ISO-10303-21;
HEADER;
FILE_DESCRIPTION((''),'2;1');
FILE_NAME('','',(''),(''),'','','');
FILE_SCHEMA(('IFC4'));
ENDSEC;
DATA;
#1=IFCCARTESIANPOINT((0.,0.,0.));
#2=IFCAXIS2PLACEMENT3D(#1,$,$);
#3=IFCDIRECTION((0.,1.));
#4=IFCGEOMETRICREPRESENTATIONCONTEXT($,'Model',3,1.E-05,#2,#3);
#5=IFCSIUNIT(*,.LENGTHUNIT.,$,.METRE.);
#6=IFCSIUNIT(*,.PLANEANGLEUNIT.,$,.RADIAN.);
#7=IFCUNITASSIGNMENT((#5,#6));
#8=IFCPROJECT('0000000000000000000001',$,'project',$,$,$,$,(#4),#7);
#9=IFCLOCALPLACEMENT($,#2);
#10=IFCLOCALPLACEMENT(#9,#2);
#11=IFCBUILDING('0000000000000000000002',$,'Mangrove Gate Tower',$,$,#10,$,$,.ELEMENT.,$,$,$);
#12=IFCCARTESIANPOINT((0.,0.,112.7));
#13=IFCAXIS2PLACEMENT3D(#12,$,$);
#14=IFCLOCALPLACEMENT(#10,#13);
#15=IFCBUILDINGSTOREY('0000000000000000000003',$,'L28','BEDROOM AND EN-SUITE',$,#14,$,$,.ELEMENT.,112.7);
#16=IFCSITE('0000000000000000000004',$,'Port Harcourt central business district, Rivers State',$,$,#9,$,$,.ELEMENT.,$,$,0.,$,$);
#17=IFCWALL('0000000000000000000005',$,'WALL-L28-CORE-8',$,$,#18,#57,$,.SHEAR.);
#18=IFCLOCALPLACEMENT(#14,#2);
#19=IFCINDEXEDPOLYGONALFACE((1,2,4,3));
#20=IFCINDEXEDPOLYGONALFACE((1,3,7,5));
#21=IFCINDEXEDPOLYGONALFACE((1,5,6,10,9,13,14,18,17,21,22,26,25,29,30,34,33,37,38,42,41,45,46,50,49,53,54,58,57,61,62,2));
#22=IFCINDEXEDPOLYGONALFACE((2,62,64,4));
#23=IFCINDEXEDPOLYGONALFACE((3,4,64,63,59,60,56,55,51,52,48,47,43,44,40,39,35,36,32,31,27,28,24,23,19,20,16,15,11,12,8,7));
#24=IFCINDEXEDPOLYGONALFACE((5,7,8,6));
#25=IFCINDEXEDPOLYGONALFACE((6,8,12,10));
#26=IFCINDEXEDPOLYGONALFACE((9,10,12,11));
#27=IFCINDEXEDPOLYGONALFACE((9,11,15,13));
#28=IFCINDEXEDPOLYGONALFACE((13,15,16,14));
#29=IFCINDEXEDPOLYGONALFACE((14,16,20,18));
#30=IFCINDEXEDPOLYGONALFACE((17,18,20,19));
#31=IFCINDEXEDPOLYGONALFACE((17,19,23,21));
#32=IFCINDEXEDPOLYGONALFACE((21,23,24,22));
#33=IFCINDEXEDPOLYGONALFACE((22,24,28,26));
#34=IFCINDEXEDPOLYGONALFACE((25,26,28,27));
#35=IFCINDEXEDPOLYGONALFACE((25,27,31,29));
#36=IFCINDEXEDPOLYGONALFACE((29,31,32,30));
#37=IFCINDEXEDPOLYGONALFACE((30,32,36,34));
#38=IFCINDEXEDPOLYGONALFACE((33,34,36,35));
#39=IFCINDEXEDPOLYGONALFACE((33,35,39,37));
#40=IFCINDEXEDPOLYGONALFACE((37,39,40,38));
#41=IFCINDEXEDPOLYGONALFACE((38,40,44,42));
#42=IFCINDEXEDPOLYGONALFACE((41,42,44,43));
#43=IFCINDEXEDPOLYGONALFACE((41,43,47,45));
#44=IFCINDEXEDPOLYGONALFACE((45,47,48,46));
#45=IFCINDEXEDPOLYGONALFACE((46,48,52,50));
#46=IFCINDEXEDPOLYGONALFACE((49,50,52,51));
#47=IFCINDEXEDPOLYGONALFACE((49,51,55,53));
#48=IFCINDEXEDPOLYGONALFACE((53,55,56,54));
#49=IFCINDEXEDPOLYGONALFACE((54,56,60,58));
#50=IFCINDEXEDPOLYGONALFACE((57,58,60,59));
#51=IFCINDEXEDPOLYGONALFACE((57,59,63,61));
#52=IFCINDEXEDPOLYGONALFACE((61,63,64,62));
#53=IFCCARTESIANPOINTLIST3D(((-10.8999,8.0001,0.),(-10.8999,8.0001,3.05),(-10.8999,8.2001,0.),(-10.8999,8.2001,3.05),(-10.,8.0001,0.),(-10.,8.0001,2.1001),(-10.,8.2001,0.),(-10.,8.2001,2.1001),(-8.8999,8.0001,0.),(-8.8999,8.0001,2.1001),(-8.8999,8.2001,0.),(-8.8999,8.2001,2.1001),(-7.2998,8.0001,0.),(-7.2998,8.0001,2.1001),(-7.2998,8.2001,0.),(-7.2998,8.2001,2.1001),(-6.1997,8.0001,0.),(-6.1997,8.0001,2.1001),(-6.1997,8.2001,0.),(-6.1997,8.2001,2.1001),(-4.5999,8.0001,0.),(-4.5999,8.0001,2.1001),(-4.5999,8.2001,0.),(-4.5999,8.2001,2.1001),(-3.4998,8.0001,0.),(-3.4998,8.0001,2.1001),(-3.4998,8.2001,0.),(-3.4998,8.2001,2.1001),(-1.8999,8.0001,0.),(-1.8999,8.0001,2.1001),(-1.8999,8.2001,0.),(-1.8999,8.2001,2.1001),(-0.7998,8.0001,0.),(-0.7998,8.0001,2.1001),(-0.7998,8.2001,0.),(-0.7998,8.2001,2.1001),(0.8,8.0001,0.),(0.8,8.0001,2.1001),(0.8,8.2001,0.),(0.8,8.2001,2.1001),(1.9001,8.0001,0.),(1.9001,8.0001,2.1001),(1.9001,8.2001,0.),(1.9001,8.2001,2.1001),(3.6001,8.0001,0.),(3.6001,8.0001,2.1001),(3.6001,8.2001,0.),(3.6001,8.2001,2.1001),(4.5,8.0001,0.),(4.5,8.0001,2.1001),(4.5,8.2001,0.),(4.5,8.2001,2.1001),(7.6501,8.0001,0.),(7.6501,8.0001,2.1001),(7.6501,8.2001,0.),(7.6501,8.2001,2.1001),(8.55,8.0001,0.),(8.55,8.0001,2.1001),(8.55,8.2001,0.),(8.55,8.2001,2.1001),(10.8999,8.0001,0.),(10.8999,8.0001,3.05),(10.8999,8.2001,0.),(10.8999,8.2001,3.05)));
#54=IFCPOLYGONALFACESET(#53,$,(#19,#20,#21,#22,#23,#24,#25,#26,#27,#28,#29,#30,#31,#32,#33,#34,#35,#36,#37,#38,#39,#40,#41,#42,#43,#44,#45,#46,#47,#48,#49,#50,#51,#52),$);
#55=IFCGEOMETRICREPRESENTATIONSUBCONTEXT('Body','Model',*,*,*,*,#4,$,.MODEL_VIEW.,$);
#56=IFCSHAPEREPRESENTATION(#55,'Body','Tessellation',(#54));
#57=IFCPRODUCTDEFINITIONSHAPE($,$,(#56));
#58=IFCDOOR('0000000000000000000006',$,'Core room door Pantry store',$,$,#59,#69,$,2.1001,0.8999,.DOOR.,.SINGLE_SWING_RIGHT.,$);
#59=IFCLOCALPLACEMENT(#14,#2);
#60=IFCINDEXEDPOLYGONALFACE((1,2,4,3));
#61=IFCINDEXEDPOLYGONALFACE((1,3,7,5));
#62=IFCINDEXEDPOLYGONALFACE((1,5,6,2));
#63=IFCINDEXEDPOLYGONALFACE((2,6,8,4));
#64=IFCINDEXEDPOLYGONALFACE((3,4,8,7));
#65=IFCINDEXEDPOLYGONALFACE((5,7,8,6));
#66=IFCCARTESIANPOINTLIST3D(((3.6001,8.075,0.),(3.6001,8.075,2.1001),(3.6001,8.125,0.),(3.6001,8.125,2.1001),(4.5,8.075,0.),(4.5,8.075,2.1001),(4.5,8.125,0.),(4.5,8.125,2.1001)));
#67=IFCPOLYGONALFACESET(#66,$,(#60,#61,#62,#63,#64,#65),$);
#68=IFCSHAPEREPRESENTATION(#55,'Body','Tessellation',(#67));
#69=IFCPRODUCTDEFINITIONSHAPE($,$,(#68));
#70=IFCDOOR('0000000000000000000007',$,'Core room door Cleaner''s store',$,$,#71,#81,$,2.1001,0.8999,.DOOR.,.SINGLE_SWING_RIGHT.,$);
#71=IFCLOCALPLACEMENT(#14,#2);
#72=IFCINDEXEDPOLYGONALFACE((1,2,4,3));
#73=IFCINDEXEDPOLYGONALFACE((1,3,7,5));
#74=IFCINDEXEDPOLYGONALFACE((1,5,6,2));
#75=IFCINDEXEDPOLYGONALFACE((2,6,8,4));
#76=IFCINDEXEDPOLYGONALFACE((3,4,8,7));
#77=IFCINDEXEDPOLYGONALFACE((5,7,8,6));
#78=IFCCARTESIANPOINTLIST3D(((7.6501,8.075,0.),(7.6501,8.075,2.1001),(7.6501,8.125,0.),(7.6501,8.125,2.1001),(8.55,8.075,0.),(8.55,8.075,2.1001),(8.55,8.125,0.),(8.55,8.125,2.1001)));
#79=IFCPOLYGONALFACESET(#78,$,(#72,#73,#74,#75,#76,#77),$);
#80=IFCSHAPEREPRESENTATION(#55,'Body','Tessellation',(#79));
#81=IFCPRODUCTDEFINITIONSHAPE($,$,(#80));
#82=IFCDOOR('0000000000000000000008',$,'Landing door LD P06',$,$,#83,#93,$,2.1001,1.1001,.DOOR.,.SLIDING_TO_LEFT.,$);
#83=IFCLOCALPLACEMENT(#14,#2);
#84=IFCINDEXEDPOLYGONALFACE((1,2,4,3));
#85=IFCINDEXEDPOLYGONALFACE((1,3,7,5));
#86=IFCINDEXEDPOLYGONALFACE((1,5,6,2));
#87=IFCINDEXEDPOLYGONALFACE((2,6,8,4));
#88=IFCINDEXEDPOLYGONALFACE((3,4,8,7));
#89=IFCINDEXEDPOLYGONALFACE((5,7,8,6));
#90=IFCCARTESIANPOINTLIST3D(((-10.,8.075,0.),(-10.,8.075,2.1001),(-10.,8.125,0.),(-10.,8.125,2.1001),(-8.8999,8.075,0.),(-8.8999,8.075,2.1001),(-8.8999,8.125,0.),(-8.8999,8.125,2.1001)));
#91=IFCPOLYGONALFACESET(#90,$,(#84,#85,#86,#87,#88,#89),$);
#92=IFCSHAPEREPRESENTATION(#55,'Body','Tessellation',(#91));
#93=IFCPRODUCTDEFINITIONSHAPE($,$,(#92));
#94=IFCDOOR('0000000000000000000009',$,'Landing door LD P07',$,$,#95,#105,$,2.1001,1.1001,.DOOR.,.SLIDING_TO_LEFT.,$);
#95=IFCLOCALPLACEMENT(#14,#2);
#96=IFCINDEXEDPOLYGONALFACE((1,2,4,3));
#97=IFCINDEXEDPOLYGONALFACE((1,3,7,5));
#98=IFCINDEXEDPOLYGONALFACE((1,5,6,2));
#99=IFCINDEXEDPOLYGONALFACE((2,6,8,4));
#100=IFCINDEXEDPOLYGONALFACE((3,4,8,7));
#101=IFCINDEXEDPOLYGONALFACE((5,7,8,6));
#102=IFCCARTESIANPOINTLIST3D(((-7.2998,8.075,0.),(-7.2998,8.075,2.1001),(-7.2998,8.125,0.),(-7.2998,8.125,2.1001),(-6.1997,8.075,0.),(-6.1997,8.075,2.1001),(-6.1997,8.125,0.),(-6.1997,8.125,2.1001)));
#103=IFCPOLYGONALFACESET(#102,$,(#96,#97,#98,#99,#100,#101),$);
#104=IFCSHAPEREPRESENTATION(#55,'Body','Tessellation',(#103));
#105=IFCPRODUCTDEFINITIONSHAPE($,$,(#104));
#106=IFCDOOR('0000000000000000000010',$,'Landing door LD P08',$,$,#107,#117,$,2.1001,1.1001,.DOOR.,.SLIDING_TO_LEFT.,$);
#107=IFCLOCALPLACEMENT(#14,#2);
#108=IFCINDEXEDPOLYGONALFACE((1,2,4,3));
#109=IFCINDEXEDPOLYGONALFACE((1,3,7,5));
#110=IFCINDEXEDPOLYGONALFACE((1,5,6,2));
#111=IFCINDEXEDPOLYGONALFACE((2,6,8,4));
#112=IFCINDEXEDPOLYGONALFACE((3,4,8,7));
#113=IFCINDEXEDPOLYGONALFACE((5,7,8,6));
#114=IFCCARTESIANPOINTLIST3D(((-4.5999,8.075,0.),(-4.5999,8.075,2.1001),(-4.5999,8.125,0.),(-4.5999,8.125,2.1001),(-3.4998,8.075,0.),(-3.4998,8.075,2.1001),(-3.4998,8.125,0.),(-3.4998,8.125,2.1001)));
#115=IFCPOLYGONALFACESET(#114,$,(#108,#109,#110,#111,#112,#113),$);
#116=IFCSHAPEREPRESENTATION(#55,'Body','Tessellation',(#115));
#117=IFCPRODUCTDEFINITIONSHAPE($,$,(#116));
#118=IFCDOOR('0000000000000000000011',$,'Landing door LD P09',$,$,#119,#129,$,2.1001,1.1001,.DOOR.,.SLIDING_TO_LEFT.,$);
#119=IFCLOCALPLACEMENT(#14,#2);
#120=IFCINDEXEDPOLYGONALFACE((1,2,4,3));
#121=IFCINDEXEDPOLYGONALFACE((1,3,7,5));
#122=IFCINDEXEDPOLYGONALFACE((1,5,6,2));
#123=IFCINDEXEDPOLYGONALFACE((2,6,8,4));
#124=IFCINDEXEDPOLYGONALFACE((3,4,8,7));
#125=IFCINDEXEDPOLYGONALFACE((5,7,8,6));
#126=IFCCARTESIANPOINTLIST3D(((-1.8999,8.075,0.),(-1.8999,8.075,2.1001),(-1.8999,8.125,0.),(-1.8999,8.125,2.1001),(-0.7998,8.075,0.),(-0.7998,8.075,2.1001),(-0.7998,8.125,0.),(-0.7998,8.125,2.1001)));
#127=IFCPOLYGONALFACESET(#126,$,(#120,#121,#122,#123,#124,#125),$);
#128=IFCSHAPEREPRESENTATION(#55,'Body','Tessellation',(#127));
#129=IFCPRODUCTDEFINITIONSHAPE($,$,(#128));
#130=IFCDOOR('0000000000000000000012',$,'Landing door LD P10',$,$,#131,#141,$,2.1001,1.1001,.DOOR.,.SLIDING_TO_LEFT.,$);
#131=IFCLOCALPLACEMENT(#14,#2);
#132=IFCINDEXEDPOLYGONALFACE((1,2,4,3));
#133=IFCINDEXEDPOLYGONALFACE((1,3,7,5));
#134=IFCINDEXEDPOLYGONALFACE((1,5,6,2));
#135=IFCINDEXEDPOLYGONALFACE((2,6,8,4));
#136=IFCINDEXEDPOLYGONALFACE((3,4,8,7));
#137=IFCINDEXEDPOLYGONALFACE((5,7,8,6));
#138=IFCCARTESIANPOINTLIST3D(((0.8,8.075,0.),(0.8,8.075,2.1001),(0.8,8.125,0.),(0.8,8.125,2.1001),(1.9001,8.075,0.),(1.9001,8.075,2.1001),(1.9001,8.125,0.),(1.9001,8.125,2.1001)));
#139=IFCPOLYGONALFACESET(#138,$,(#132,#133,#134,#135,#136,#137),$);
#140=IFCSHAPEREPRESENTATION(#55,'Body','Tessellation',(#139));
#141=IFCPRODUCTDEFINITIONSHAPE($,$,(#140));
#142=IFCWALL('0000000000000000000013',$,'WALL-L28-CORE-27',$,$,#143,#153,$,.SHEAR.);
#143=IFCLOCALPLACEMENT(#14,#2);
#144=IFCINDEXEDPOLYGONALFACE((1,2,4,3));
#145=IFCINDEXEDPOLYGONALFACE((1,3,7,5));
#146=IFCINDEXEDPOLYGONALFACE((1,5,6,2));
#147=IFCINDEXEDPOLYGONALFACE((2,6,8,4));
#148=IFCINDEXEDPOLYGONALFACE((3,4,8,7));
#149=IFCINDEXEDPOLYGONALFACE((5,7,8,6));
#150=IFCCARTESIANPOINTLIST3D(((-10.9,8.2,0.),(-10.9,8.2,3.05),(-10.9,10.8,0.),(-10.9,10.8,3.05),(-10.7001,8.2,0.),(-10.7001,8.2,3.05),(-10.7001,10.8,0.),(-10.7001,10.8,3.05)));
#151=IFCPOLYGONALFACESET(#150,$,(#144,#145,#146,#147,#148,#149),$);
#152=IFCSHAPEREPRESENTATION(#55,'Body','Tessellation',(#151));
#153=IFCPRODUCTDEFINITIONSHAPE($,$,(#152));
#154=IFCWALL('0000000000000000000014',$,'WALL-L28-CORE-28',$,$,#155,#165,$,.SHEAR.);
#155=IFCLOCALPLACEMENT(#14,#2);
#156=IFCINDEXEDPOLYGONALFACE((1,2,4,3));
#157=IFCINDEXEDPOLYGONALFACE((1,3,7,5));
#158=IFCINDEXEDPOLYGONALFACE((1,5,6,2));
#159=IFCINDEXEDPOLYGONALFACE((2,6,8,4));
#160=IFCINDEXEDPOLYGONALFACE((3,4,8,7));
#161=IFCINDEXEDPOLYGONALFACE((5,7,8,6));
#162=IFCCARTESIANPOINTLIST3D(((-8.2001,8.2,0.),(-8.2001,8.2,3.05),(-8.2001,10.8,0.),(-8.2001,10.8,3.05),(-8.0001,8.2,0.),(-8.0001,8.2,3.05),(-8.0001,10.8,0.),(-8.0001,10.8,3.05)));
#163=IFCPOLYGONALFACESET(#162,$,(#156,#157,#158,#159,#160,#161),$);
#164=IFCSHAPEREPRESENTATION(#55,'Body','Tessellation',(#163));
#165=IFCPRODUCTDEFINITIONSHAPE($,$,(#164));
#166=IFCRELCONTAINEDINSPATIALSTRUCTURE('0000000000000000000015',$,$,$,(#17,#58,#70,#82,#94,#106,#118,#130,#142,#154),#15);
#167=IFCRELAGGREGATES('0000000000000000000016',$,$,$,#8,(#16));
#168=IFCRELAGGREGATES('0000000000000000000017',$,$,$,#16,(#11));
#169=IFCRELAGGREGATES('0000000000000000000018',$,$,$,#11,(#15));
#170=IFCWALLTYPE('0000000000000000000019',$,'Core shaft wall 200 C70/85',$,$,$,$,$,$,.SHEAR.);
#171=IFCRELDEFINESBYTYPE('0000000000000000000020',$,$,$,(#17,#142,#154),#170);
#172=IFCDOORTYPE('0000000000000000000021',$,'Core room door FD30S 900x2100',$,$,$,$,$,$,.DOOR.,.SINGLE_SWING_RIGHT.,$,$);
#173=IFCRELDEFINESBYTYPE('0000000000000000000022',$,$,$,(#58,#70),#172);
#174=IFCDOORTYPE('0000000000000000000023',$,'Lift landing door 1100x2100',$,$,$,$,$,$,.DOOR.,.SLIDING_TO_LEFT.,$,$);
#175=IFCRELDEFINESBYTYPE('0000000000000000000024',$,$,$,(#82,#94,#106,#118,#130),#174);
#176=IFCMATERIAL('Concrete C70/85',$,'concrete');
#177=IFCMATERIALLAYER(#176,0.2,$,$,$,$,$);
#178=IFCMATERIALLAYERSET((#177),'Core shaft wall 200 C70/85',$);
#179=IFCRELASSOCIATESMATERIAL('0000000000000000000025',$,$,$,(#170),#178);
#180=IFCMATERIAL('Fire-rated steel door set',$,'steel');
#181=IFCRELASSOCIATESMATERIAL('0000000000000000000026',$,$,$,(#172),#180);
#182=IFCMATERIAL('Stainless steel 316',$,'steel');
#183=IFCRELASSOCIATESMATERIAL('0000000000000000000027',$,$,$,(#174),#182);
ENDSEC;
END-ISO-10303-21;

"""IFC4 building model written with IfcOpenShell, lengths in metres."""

from ifc_helpers import new_model, si_unit, direction, frame, frame_2d, origin, place, context, subcontext, project, spatial, rectangle, extrude, material, layer, layer_set, type_object, element, fill, save


model = new_model("IFC4")

# Units and contexts
model_context = context("Model", 3, precision=1e-05, world=origin(), true_north=direction((0.0, 1.0)))
body_context = subcontext(model_context, "Body", "Model", "MODEL_VIEW")
ifc_project = project(units=[si_unit("LENGTHUNIT", "METRE"), si_unit("PLANEANGLEUNIT", "RADIAN")], contexts=[model_context])

# Site, building, storey
site_placement = place(None, origin())
site = spatial("IfcSite", under=ifc_project, at=site_placement, Name="Port Harcourt central business district, Rivers State", CompositionType="ELEMENT", RefElevation=0.0)
building_placement = place(site_placement, origin())
building = spatial("IfcBuilding", under=site, at=building_placement, Name="Mangrove Gate Tower", CompositionType="ELEMENT")
storey_placement = place(building_placement, frame((0.0, 0.0, 112.7)))
storey = spatial("IfcBuildingStorey", under=building, at=storey_placement, Name="L28", Description="BEDROOM AND EN-SUITE", CompositionType="ELEMENT", Elevation=112.7)

# Wall, openings, doors
ifc_material_1 = material(Name="Concrete C70/85", Category="concrete")
ifc_layer_1 = layer(ifc_material_1, 0.2)
ifc_layer_set_1 = layer_set([ifc_layer_1], Name="Core shaft wall 200 C70/85")
wall_type_1 = type_object("IfcWallType", Name="Core shaft wall 200 C70/85", PredefinedType="SHEAR", material=ifc_layer_set_1)
wall_1_placement = place(storey_placement, frame((-10.8999, 8.1001, 0.0), z_axis=(0.0, 0.0, 1.0), x_axis=(1.0, 0.0, 0.0)))
wall_1 = element("IfcWall", 1, at=wall_1_placement, inside=storey, type_object=wall_type_1, Name="WALL-L28-CORE-8", PredefinedType="SHEAR", context=body_context, shape_type="SweptSolid", body=[
    extrude(rectangle(XDim=21.7998, YDim=0.2, at=frame_2d((10.8999, 0.0))), origin(), (0.0, 0.0, 1.0), 3.05),
])
opening_1_placement = place(wall_1_placement, frame((0.8999, 0.0, 0.0)))
opening_1 = element("IfcOpeningElement", 2, at=opening_1_placement, cuts=wall_1, PredefinedType="OPENING", context=body_context, shape_type="SweptSolid", body=[
    extrude(rectangle(XDim=1.1001, YDim=2.1001, at=frame_2d((0.55, 1.05))), frame((0.0, 0.1099, 0.0), z_axis=(0.0, -1.0, 0.0), x_axis=(1.0, 0.0, 0.0)), (0.0, 0.0, 1.0), 0.22),
])
opening_2_placement = place(wall_1_placement, frame((3.6001, 0.0, 0.0)))
opening_2 = element("IfcOpeningElement", 3, at=opening_2_placement, cuts=wall_1, PredefinedType="OPENING", context=body_context, shape_type="SweptSolid", body=[
    extrude(rectangle(XDim=1.1001, YDim=2.1001, at=frame_2d((0.55, 1.05))), frame((0.0, 0.1099, 0.0), z_axis=(0.0, -1.0, 0.0), x_axis=(1.0, 0.0, 0.0)), (0.0, 0.0, 1.0), 0.22),
])
opening_3_placement = place(wall_1_placement, frame((6.3, 0.0, 0.0)))
opening_3 = element("IfcOpeningElement", 4, at=opening_3_placement, cuts=wall_1, PredefinedType="OPENING", context=body_context, shape_type="SweptSolid", body=[
    extrude(rectangle(XDim=1.1001, YDim=2.1001, at=frame_2d((0.55, 1.05))), frame((0.0, 0.1099, 0.0), z_axis=(0.0, -1.0, 0.0), x_axis=(1.0, 0.0, 0.0)), (0.0, 0.0, 1.0), 0.22),
])
opening_4_placement = place(wall_1_placement, frame((9.0, 0.0, 0.0)))
opening_4 = element("IfcOpeningElement", 5, at=opening_4_placement, cuts=wall_1, PredefinedType="OPENING", context=body_context, shape_type="SweptSolid", body=[
    extrude(rectangle(XDim=1.1001, YDim=2.1001, at=frame_2d((0.55, 1.05))), frame((0.0, 0.1099, 0.0), z_axis=(0.0, -1.0, 0.0), x_axis=(1.0, 0.0, 0.0)), (0.0, 0.0, 1.0), 0.22),
])
opening_5_placement = place(wall_1_placement, frame((11.7, 0.0, 0.0)))
opening_5 = element("IfcOpeningElement", 6, at=opening_5_placement, cuts=wall_1, PredefinedType="OPENING", context=body_context, shape_type="SweptSolid", body=[
    extrude(rectangle(XDim=1.1001, YDim=2.1001, at=frame_2d((0.55, 1.05))), frame((0.0, 0.1099, 0.0), z_axis=(0.0, -1.0, 0.0), x_axis=(1.0, 0.0, 0.0)), (0.0, 0.0, 1.0), 0.22),
])
opening_6_placement = place(wall_1_placement, frame((14.5, 0.0, 0.0)))
opening_6 = element("IfcOpeningElement", 7, at=opening_6_placement, cuts=wall_1, PredefinedType="OPENING", context=body_context, shape_type="SweptSolid", body=[
    extrude(rectangle(XDim=0.8999, YDim=2.1001, at=frame_2d((0.45, 1.05))), frame((0.0, 0.1099, 0.0), z_axis=(0.0, -1.0, 0.0), x_axis=(1.0, 0.0, 0.0)), (0.0, 0.0, 1.0), 0.22),
])
opening_7_placement = place(wall_1_placement, frame((18.55, 0.0, 0.0)))
opening_7 = element("IfcOpeningElement", 8, at=opening_7_placement, cuts=wall_1, PredefinedType="OPENING", context=body_context, shape_type="SweptSolid", body=[
    extrude(rectangle(XDim=0.8999, YDim=2.1001, at=frame_2d((0.45, 1.05))), frame((0.0, 0.1099, 0.0), z_axis=(0.0, -1.0, 0.0), x_axis=(1.0, 0.0, 0.0)), (0.0, 0.0, 1.0), 0.22),
])
ifc_material_2 = material(Name="Fire-rated steel door set", Category="steel")
door_type_1 = type_object("IfcDoorType", Name="Core room door FD30S 900x2100", OperationType="SINGLE_SWING_RIGHT", PredefinedType="DOOR", material=ifc_material_2)
door_1_placement = place(opening_6_placement, origin())
door_1 = element("IfcDoor", 9, at=door_1_placement, inside=storey, type_object=door_type_1, Name="Core room door Pantry store", OperationType="SINGLE_SWING_RIGHT", OverallHeight=2.1001, OverallWidth=0.8999, PredefinedType="DOOR", context=body_context, shape_type="SweptSolid", body=[
    extrude(rectangle(XDim=0.8999, YDim=2.1001, at=frame_2d((0.45, 1.05))), frame((0.0, 0.0249, 0.0), z_axis=(0.0, -1.0, 0.0), x_axis=(1.0, 0.0, 0.0)), (0.0, 0.0, 1.0), 0.05),
])
fill(opening_6, door_1)
door_2_placement = place(opening_7_placement, origin())
door_2 = element("IfcDoor", 10, at=door_2_placement, inside=storey, type_object=door_type_1, Name="Core room door Cleaner's store", OperationType="SINGLE_SWING_RIGHT", OverallHeight=2.1001, OverallWidth=0.8999, PredefinedType="DOOR", context=body_context, shape_type="SweptSolid", body=[
    extrude(rectangle(XDim=0.8999, YDim=2.1001, at=frame_2d((0.45, 1.05))), frame((0.0, 0.0249, 0.0), z_axis=(0.0, -1.0, 0.0), x_axis=(1.0, 0.0, 0.0)), (0.0, 0.0, 1.0), 0.05),
])
fill(opening_7, door_2)
ifc_material_3 = material(Name="Stainless steel 316", Category="steel")
door_type_2 = type_object("IfcDoorType", Name="Lift landing door 1100x2100", OperationType="SLIDING_TO_LEFT", PredefinedType="DOOR", material=ifc_material_3)
door_3_placement = place(opening_1_placement, origin())
door_3 = element("IfcDoor", 11, at=door_3_placement, inside=storey, type_object=door_type_2, Name="Landing door LD P06", OperationType="SLIDING_TO_LEFT", OverallHeight=2.1001, OverallWidth=1.1001, PredefinedType="DOOR", context=body_context, shape_type="SweptSolid", body=[
    extrude(rectangle(XDim=1.1001, YDim=2.1001, at=frame_2d((0.55, 1.05))), frame((0.0, 0.0249, 0.0), z_axis=(0.0, -1.0, 0.0), x_axis=(1.0, 0.0, 0.0)), (0.0, 0.0, 1.0), 0.05),
])
fill(opening_1, door_3)
door_4_placement = place(opening_2_placement, origin())
door_4 = element("IfcDoor", 12, at=door_4_placement, inside=storey, type_object=door_type_2, Name="Landing door LD P07", OperationType="SLIDING_TO_LEFT", OverallHeight=2.1001, OverallWidth=1.1001, PredefinedType="DOOR", context=body_context, shape_type="SweptSolid", body=[
    extrude(rectangle(XDim=1.1001, YDim=2.1001, at=frame_2d((0.55, 1.05))), frame((0.0, 0.0249, 0.0), z_axis=(0.0, -1.0, 0.0), x_axis=(1.0, 0.0, 0.0)), (0.0, 0.0, 1.0), 0.05),
])
fill(opening_2, door_4)
door_5_placement = place(opening_3_placement, origin())
door_5 = element("IfcDoor", 13, at=door_5_placement, inside=storey, type_object=door_type_2, Name="Landing door LD P08", OperationType="SLIDING_TO_LEFT", OverallHeight=2.1001, OverallWidth=1.1001, PredefinedType="DOOR", context=body_context, shape_type="SweptSolid", body=[
    extrude(rectangle(XDim=1.1001, YDim=2.1001, at=frame_2d((0.55, 1.05))), frame((0.0, 0.0249, 0.0), z_axis=(0.0, -1.0, 0.0), x_axis=(1.0, 0.0, 0.0)), (0.0, 0.0, 1.0), 0.05),
])
fill(opening_3, door_5)
door_6_placement = place(opening_4_placement, origin())
door_6 = element("IfcDoor", 14, at=door_6_placement, inside=storey, type_object=door_type_2, Name="Landing door LD P09", OperationType="SLIDING_TO_LEFT", OverallHeight=2.1001, OverallWidth=1.1001, PredefinedType="DOOR", context=body_context, shape_type="SweptSolid", body=[
    extrude(rectangle(XDim=1.1001, YDim=2.1001, at=frame_2d((0.55, 1.05))), frame((0.0, 0.0249, 0.0), z_axis=(0.0, -1.0, 0.0), x_axis=(1.0, 0.0, 0.0)), (0.0, 0.0, 1.0), 0.05),
])
fill(opening_4, door_6)
door_7_placement = place(opening_5_placement, origin())
door_7 = element("IfcDoor", 15, at=door_7_placement, inside=storey, type_object=door_type_2, Name="Landing door LD P10", OperationType="SLIDING_TO_LEFT", OverallHeight=2.1001, OverallWidth=1.1001, PredefinedType="DOOR", context=body_context, shape_type="SweptSolid", body=[
    extrude(rectangle(XDim=1.1001, YDim=2.1001, at=frame_2d((0.55, 1.05))), frame((0.0, 0.0249, 0.0), z_axis=(0.0, -1.0, 0.0), x_axis=(1.0, 0.0, 0.0)), (0.0, 0.0, 1.0), 0.05),
])
fill(opening_5, door_7)

# Walls
for number, where, z_axis, x_axis, name in (
    (16, (-10.8, 8.2, 0.0), (0.0, 0.0, 1.0), (0.0, 1.0, 0.0), "WALL-L28-CORE-27"),
    (17, (-8.1001, 8.2, 0.0), (0.0, 0.0, 1.0), (0.0, 1.0, 0.0), "WALL-L28-CORE-28"),
):
    element("IfcWall", number, at=place(storey_placement, frame(where, z_axis=z_axis, x_axis=x_axis)), inside=storey, type_object=wall_type_1, Name=name, PredefinedType="SHEAR", context=body_context, shape_type="SweptSolid", body=[
        extrude(rectangle(XDim=2.6001, YDim=0.2, at=frame_2d((1.3, 0.0))), origin(), (0.0, 0.0, 1.0), 3.05),
    ])

save(model, "model.ifc")
